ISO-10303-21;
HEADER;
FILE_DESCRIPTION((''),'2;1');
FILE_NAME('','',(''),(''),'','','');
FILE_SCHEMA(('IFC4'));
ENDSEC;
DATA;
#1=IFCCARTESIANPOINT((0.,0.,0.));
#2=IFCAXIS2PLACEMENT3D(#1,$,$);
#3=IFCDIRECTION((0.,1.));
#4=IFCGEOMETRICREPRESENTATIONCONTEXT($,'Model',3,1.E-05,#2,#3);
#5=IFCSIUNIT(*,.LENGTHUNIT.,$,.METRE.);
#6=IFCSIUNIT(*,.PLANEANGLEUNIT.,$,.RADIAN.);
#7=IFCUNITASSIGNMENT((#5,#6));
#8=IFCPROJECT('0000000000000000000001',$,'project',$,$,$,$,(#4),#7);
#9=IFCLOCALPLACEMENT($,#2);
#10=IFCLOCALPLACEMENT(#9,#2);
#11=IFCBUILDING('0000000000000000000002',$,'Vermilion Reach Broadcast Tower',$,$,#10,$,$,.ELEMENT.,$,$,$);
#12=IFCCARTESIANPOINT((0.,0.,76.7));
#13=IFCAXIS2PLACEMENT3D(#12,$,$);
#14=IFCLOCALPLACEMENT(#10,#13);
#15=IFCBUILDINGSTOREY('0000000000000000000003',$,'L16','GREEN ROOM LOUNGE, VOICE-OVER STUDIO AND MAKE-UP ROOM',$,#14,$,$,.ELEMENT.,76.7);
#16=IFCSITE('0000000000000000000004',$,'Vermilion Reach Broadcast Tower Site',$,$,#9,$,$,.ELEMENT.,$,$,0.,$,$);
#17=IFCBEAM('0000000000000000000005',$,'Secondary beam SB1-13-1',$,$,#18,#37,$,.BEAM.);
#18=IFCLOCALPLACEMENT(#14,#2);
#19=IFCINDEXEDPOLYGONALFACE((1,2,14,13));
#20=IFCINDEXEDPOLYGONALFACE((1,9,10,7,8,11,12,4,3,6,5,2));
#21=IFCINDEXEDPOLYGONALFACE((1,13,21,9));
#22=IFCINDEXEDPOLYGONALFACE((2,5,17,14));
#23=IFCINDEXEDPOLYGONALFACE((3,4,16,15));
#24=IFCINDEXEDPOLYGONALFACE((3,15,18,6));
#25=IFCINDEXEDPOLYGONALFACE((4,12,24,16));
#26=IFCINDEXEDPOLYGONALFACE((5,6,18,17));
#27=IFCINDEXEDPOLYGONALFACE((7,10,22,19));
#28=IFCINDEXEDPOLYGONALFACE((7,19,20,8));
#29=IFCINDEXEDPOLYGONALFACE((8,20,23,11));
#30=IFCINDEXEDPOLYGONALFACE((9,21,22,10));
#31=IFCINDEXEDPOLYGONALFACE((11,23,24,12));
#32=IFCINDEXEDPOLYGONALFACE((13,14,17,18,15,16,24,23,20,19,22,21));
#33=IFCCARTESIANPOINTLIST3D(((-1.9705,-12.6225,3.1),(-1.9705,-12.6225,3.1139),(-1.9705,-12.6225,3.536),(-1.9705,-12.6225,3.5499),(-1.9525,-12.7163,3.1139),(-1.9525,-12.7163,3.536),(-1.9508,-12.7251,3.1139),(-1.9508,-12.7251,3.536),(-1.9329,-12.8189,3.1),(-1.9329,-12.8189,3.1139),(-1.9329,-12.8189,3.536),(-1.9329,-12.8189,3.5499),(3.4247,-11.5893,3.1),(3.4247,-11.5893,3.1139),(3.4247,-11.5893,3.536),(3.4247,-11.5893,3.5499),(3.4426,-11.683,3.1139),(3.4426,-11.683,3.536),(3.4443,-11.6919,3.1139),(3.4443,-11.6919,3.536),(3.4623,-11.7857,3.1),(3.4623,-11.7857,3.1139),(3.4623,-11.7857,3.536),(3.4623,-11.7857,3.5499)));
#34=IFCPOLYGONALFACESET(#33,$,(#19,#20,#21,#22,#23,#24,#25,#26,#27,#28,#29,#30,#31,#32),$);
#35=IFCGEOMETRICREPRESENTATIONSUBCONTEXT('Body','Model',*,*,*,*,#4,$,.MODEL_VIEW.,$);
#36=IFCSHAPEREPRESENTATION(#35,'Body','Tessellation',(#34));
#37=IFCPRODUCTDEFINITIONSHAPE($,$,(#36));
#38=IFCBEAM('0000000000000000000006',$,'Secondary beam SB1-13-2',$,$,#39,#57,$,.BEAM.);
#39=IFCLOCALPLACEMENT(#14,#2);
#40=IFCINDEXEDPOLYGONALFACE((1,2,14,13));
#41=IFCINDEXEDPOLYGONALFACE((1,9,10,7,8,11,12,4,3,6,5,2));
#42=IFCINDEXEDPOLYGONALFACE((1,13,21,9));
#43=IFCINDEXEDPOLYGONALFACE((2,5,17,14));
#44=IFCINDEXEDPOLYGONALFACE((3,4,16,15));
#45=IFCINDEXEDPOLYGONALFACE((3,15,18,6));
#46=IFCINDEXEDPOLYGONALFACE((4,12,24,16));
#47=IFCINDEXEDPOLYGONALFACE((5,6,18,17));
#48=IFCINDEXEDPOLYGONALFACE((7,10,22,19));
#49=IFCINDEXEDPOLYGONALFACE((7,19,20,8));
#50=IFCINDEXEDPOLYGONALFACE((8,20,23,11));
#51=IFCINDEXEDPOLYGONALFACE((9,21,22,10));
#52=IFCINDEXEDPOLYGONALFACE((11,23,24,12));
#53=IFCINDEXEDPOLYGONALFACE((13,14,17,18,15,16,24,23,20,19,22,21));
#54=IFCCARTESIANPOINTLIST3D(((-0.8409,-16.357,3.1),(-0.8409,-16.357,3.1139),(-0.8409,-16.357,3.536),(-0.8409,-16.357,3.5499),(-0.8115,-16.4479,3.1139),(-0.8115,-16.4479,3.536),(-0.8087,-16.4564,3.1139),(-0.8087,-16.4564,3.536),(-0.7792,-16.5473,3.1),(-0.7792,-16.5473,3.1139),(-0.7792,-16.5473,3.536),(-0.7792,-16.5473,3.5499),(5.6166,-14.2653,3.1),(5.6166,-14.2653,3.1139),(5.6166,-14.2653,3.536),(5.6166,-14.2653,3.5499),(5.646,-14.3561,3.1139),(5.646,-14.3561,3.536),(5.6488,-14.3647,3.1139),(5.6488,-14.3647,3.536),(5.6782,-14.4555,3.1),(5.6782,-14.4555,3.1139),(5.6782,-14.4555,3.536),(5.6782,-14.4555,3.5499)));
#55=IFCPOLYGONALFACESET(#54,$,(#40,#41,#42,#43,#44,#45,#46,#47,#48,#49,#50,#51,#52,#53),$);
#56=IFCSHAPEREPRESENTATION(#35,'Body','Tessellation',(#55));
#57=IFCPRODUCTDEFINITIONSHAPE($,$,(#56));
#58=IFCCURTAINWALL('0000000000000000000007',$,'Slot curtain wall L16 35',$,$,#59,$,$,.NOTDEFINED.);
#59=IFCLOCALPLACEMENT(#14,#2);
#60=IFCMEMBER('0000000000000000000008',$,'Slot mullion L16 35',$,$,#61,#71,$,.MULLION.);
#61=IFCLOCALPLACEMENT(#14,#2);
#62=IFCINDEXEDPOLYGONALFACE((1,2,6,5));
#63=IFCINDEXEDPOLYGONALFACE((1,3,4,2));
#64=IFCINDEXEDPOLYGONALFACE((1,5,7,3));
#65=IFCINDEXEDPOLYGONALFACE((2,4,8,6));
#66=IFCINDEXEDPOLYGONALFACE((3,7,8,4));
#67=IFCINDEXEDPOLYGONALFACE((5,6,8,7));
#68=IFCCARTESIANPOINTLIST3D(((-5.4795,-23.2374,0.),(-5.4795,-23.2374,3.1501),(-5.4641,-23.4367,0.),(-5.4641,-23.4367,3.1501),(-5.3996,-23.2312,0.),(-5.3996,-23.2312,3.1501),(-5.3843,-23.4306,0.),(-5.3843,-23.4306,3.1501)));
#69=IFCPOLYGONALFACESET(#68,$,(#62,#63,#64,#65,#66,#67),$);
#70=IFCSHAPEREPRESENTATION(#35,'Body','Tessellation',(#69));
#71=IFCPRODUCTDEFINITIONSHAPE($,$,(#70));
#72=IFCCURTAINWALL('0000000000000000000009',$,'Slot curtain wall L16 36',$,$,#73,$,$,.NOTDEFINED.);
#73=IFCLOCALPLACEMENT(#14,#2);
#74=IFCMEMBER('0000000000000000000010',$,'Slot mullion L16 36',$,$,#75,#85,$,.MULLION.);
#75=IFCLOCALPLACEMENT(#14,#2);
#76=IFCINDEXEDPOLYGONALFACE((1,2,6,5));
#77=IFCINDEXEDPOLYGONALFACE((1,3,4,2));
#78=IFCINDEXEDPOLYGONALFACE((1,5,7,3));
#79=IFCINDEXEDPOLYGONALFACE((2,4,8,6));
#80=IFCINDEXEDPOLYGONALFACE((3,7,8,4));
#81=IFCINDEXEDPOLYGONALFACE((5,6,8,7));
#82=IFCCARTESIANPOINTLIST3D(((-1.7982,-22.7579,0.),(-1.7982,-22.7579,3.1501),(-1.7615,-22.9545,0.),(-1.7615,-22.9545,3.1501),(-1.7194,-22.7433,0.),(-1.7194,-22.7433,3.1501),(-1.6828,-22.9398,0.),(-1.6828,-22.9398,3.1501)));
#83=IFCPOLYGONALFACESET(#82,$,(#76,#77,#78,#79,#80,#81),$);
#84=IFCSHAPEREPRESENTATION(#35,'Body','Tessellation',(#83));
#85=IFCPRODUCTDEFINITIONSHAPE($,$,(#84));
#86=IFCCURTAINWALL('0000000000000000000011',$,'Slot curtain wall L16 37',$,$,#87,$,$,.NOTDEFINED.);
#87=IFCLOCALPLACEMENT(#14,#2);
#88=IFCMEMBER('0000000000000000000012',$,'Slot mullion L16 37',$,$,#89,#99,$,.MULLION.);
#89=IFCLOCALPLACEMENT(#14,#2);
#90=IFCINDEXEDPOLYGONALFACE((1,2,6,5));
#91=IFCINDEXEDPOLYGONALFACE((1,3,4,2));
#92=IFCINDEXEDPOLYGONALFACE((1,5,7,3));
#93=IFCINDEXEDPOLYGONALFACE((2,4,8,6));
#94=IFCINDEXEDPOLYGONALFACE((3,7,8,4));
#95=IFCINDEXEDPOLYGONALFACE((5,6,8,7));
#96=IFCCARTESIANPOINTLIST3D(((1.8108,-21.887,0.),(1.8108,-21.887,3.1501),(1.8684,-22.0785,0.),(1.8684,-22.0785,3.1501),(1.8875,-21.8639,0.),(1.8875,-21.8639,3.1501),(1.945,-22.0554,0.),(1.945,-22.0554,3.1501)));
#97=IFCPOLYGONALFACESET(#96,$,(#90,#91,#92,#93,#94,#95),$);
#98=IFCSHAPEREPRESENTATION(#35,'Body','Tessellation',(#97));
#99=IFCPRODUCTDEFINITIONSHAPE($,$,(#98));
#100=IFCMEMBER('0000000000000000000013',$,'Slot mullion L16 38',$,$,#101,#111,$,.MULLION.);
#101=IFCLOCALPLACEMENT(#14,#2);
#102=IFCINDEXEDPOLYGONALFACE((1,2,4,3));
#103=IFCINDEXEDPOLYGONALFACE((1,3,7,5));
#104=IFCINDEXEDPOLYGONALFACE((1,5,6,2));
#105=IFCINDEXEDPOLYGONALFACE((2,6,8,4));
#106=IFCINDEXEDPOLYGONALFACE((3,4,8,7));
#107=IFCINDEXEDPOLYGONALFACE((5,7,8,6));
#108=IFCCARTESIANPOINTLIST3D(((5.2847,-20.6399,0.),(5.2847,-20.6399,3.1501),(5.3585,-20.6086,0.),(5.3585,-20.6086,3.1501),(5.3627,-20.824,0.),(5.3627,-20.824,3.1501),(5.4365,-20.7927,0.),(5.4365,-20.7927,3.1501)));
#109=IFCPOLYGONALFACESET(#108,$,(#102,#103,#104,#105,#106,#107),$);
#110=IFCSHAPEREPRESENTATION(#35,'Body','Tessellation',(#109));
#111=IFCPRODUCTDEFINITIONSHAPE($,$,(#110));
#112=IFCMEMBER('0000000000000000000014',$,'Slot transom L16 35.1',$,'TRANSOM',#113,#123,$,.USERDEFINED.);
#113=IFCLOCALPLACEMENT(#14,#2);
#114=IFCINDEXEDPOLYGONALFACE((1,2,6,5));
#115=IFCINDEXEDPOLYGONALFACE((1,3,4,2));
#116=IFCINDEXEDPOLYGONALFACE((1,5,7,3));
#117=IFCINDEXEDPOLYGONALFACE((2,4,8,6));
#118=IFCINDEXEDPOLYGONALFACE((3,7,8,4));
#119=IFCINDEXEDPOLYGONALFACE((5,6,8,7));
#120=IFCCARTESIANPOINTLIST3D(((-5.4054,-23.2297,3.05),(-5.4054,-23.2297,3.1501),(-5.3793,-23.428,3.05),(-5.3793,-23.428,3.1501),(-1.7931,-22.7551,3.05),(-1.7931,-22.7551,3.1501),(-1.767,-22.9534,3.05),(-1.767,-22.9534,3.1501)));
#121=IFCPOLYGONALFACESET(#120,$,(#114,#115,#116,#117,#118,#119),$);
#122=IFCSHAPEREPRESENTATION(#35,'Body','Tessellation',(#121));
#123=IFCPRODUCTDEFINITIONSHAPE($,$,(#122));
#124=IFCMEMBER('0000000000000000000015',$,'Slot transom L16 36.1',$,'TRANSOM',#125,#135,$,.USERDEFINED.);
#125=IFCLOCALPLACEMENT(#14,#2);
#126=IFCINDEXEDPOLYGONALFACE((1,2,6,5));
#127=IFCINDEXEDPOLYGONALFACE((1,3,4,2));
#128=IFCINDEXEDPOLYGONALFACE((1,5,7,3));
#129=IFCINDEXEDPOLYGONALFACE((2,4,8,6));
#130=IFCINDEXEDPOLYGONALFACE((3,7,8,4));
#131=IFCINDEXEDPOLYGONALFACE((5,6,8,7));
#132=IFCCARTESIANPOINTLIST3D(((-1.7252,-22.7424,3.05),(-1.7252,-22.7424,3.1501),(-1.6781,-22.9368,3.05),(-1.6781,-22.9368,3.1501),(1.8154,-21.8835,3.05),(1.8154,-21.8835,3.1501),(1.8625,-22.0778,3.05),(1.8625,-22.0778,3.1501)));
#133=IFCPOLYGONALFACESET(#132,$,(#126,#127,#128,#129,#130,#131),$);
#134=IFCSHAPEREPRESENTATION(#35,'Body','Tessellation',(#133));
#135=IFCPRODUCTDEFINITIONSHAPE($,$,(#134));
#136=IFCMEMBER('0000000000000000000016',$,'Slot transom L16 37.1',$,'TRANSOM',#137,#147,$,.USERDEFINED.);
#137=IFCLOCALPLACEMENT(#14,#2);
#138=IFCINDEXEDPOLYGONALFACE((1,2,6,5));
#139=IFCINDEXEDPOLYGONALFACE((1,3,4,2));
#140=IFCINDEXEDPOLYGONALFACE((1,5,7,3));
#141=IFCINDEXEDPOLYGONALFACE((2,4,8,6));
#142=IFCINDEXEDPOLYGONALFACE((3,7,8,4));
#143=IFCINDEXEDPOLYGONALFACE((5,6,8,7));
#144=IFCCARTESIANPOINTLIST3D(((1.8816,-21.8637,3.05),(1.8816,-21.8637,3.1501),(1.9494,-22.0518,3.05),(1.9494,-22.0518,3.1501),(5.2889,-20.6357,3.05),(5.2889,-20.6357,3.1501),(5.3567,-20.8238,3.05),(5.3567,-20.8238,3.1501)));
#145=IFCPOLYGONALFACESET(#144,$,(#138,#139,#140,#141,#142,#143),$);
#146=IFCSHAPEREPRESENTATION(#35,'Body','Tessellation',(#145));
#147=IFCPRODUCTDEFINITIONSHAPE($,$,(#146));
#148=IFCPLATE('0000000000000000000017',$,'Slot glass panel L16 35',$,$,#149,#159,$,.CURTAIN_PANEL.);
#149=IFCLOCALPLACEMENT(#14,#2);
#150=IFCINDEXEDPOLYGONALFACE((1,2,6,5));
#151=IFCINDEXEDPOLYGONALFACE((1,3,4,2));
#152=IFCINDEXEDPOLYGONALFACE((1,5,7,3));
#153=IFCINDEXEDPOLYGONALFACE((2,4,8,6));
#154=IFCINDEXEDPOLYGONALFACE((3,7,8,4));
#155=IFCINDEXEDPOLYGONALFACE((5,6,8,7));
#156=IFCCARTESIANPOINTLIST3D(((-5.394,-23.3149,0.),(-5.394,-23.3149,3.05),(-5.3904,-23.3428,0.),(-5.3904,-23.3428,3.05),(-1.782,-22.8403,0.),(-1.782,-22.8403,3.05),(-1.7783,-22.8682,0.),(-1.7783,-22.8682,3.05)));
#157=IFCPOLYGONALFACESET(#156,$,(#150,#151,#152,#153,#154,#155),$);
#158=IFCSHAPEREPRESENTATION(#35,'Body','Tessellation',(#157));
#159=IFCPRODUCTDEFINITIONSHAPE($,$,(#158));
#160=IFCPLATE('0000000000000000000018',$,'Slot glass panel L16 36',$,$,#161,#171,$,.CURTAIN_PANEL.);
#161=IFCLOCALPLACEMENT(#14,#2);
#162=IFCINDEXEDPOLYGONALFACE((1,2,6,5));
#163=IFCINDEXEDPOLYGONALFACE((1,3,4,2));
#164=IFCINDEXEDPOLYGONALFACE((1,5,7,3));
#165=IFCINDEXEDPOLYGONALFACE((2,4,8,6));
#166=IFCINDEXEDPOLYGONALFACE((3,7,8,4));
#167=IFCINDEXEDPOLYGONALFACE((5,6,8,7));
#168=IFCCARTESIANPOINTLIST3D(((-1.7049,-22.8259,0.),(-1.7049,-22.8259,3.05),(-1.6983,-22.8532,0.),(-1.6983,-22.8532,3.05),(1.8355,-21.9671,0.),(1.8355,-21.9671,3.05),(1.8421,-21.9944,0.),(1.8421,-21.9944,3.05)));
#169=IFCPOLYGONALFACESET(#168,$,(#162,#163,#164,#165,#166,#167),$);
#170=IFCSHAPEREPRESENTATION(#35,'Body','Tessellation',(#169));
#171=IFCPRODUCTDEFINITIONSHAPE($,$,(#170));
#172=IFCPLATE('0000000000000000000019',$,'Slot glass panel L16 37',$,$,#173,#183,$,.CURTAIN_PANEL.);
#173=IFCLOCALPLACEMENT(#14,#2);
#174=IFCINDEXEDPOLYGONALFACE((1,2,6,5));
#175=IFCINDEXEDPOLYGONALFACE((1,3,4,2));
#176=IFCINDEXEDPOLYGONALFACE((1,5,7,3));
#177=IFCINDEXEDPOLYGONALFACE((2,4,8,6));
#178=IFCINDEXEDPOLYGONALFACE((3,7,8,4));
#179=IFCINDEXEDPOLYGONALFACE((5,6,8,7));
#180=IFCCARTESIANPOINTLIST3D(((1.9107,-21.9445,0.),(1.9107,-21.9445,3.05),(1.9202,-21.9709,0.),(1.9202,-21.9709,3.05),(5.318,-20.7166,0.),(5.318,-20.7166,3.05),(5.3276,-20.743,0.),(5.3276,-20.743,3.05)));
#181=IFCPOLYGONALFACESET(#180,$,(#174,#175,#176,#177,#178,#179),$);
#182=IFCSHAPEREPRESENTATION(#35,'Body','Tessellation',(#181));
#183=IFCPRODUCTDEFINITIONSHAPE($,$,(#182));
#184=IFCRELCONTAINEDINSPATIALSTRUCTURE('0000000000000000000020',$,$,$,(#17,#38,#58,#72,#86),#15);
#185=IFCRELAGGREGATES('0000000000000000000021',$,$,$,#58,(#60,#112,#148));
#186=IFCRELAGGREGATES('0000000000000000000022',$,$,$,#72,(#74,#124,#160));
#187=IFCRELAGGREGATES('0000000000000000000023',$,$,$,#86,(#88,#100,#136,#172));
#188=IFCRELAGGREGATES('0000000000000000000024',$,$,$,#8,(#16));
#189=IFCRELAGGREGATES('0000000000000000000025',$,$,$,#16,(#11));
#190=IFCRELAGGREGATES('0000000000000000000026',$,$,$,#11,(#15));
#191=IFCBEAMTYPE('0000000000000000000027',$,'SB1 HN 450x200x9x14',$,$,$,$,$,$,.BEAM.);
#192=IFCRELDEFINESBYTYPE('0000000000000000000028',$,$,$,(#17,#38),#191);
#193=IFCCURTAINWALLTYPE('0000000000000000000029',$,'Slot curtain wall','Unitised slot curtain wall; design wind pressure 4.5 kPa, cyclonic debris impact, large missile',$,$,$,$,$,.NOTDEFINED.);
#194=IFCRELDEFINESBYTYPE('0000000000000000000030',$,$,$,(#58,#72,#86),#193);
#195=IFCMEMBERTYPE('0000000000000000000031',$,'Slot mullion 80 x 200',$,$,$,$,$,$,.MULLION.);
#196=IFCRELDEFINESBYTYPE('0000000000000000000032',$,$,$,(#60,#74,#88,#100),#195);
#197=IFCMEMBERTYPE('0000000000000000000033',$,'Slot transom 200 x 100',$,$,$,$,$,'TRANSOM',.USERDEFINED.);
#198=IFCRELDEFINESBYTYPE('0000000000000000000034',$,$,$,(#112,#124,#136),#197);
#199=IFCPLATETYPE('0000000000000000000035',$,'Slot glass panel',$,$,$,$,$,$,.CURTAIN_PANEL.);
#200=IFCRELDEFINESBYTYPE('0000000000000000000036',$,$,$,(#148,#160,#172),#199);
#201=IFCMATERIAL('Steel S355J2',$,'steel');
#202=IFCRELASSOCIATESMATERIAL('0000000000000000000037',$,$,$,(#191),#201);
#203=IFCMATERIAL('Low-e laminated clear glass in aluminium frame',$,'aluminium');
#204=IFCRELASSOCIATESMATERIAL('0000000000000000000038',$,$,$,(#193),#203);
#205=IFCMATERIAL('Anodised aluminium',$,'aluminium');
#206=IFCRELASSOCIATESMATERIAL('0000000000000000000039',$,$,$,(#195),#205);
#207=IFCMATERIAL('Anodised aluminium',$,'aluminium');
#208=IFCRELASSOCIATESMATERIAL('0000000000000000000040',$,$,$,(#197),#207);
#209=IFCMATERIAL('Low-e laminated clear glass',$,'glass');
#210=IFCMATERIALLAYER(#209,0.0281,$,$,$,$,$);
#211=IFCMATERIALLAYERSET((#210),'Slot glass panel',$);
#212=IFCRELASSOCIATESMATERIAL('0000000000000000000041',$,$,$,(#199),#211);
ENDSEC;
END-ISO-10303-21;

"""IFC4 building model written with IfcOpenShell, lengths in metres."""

from ifc_helpers import new_model, si_unit, direction, frame, origin, origin_2d, place, context, subcontext, project, spatial, rectangle, i_section, extrude, material, layer, layer_set, material_profile, profile_set, type_object, element, aggregate, save


model = new_model("IFC4")

# Units and contexts
model_context = context("Model", 3, precision=1e-05, world=origin(), true_north=direction((0.0, 1.0)))
body_context = subcontext(model_context, "Body", "Model", "MODEL_VIEW")
ifc_project = project(units=[si_unit("LENGTHUNIT", "METRE"), si_unit("PLANEANGLEUNIT", "RADIAN")], contexts=[model_context])

# Site, building, storey
site_placement = place(None, origin())
site = spatial("IfcSite", under=ifc_project, at=site_placement, Name="Vermilion Reach Broadcast Tower Site", CompositionType="ELEMENT", RefElevation=0.0)
building_placement = place(site_placement, origin())
building = spatial("IfcBuilding", under=site, at=building_placement, Name="Vermilion Reach Broadcast Tower", CompositionType="ELEMENT")
storey_placement = place(building_placement, frame((0.0, 0.0, 76.7)))
storey = spatial("IfcBuildingStorey", under=building, at=storey_placement, Name="L16", Description="GREEN ROOM LOUNGE, VOICE-OVER STUDIO AND MAKE-UP ROOM", CompositionType="ELEMENT", Elevation=76.7)

# Beams
ifc_material_1 = material(Name="Steel S355J2", Category="steel")
ifc_material_profile_1 = material_profile(ifc_material_1, i_section(OverallWidth=0.2, OverallDepth=0.45, WebThickness=0.009, FlangeThickness=0.0139, at=origin_2d()), Name="S355J2 HN 450x200x9x14")
ifc_profile_set_1 = profile_set([ifc_material_profile_1], Name="Steel S355J2")
beam_type_1 = type_object("IfcBeamType", Name="SB1 HN 450x200x9x14", PredefinedType="BEAM", material=ifc_profile_set_1)
beam_1_placement = place(storey_placement, frame((-1.9517, -12.7207, 3.325), z_axis=(0.982151, 0.188092, 0.0), x_axis=(-0.188092, 0.982151, 0.0)))
element("IfcBeam", 1, at=beam_1_placement, inside=storey, type_object=beam_type_1, Name="Secondary beam SB1-13-1", PredefinedType="BEAM", context=body_context, shape_type="SweptSolid", body=[
    extrude(i_section(OverallWidth=0.2, OverallDepth=0.45, WebThickness=0.009, FlangeThickness=0.0139, at=origin_2d()), origin(), (0.0, 0.0, 1.0), 5.4932),
])
beam_2_placement = place(storey_placement, frame((-0.8101, -16.4521, 3.325), z_axis=(0.951332, 0.308167, 0.0), x_axis=(-0.308167, 0.951332, 0.0)))
element("IfcBeam", 2, at=beam_2_placement, inside=storey, type_object=beam_type_1, Name="Secondary beam SB1-13-2", PredefinedType="BEAM", context=body_context, shape_type="SweptSolid", body=[
    extrude(i_section(OverallWidth=0.2, OverallDepth=0.45, WebThickness=0.009, FlangeThickness=0.0139, at=origin_2d()), origin(), (0.0, 0.0, 1.0), 6.7878),
])

# Curtain walls, members
ifc_material_2 = material(Name="Low-e laminated clear glass in aluminium frame", Category="aluminium")
curtain_wall_type = type_object("IfcCurtainWallType", Name="Slot curtain wall", Description="Unitised slot curtain wall; design wind pressure 4.5 kPa, cyclonic debris impact, large missile", PredefinedType="NOTDEFINED", material=ifc_material_2)
placement = place(storey_placement, origin())
curtain_wall_1 = element("IfcCurtainWall", 3, at=placement, inside=storey, type_object=curtain_wall_type, Name="Slot curtain wall L16 35", PredefinedType="NOTDEFINED")
ifc_material_3 = material(Name="Anodised aluminium", Category="aluminium")
ifc_material_profile_2 = material_profile(ifc_material_3, rectangle(XDim=0.2, YDim=0.0801, at=origin_2d()), Name="Slot mullion 80 x 200")
ifc_profile_set_2 = profile_set([ifc_material_profile_2], Name="Anodised aluminium")
member_type_1 = type_object("IfcMemberType", Name="Slot mullion 80 x 200", PredefinedType="MULLION", material=ifc_profile_set_2)
member_1_placement = place(storey_placement, frame((-5.4319, -23.334, 0.0), z_axis=(0.0, 0.0, 1.0), x_axis=(-0.076616, 0.997061, 0.0)))
member_1 = element("IfcMember", 4, at=member_1_placement, type_object=member_type_1, Name="Slot mullion L16 35", PredefinedType="MULLION", context=body_context, shape_type="SweptSolid", body=[
    extrude(rectangle(XDim=0.2, YDim=0.0801, at=origin_2d()), origin(), (0.0, 0.0, 1.0), 3.1501),
])
curtain_wall_2 = element("IfcCurtainWall", 5, at=placement, inside=storey, type_object=curtain_wall_type, Name="Slot curtain wall L16 36", PredefinedType="NOTDEFINED")
member_2_placement = place(storey_placement, frame((-1.7405, -22.8489, 0.0), z_axis=(0.0, 0.0, 1.0), x_axis=(-0.183265, 0.983064, 0.0)))
member_2 = element("IfcMember", 6, at=member_2_placement, type_object=member_type_1, Name="Slot mullion L16 36", PredefinedType="MULLION", context=body_context, shape_type="SweptSolid", body=[
    extrude(rectangle(XDim=0.2, YDim=0.0801, at=origin_2d()), origin(), (0.0, 0.0, 1.0), 3.1501),
])

# Curtain wall, members
curtain_wall_3 = element("IfcCurtainWall", 7, at=placement, inside=storey, type_object=curtain_wall_type, Name="Slot curtain wall L16 37", PredefinedType="NOTDEFINED")
member_3_placement = place(storey_placement, frame((1.8779, -21.9712, 0.0), z_axis=(0.0, 0.0, 1.0), x_axis=(-0.287794, 0.957692, 0.0)))
member_3 = element("IfcMember", 8, at=member_3_placement, type_object=member_type_1, Name="Slot mullion L16 37", PredefinedType="MULLION", context=body_context, shape_type="SweptSolid", body=[
    extrude(rectangle(XDim=0.2, YDim=0.0801, at=origin_2d()), origin(), (0.0, 0.0, 1.0), 3.1501),
])
member_4_placement = place(storey_placement, frame((5.3606, -20.7163, 0.0), z_axis=(0.0, 0.0, 1.0), x_axis=(-0.390104, 0.920771, 0.0)))
member_4 = element("IfcMember", 9, at=member_4_placement, type_object=member_type_1, Name="Slot mullion L16 38", PredefinedType="MULLION", context=body_context, shape_type="SweptSolid", body=[
    extrude(rectangle(XDim=0.2, YDim=0.0801, at=origin_2d()), origin(), (0.0, 0.0, 1.0), 3.1501),
])

# Members
ifc_material_4 = material(Name="Anodised aluminium", Category="aluminium")
ifc_material_profile_3 = material_profile(ifc_material_4, rectangle(XDim=0.2, YDim=0.1001, at=origin_2d()), Name="Slot transom 200 x 100")
ifc_profile_set_3 = profile_set([ifc_material_profile_3], Name="Anodised aluminium")
member_type_2 = type_object("IfcMemberType", Name="Slot transom 200 x 100", ElementType="TRANSOM", PredefinedType="USERDEFINED", material=ifc_profile_set_3)
member_5_placement = place(storey_placement, frame((-5.3923, -23.3289, 3.1001), z_axis=(0.991479, 0.130267, 0.0), x_axis=(-0.130267, 0.991479, 0.0)))
member_5 = element("IfcMember", 10, at=member_5_placement, type_object=member_type_2, Name="Slot transom L16 35.1", ObjectType="TRANSOM", PredefinedType="USERDEFINED", context=body_context, shape_type="SweptSolid", body=[
    extrude(rectangle(XDim=0.2, YDim=0.1001, at=origin_2d()), origin(), (0.0, 0.0, 1.0), 3.6433),
])
member_6_placement = place(storey_placement, frame((-1.7017, -22.8396, 3.1001), z_axis=(0.971814, 0.23575, 0.0), x_axis=(-0.23575, 0.971814, 0.0)))
member_6 = element("IfcMember", 11, at=member_6_placement, type_object=member_type_2, Name="Slot transom L16 36.1", ObjectType="TRANSOM", PredefinedType="USERDEFINED", context=body_context, shape_type="SweptSolid", body=[
    extrude(rectangle(XDim=0.2, YDim=0.1001, at=origin_2d()), origin(), (0.0, 0.0, 1.0), 3.6433),
])
member_7_placement = place(storey_placement, frame((1.9155, -21.9578, 3.1001), z_axis=(0.940762, 0.339068, 0.0), x_axis=(-0.339068, 0.940762, 0.0)))
member_7 = element("IfcMember", 12, at=member_7_placement, type_object=member_type_2, Name="Slot transom L16 37.1", ObjectType="TRANSOM", PredefinedType="USERDEFINED", context=body_context, shape_type="SweptSolid", body=[
    extrude(rectangle(XDim=0.2, YDim=0.1001, at=origin_2d()), origin(), (0.0, 0.0, 1.0), 3.6218),
])

# Plates
ifc_material_5 = material(Name="Low-e laminated clear glass", Category="glass")
ifc_layer_1 = layer(ifc_material_5, 0.0281)
ifc_layer_set_1 = layer_set([ifc_layer_1], Name="Slot glass panel")
plate_type = type_object("IfcPlateType", Name="Slot glass panel", PredefinedType="CURTAIN_PANEL", material=ifc_layer_set_1)
plate_1_placement = place(storey_placement, frame((-3.5862, -23.0916, 0.0), z_axis=(0.0, 0.0, 1.0), x_axis=(0.991477, 0.130278, 0.0)))
plate_1 = element("IfcPlate", 13, at=plate_1_placement, type_object=plate_type, Name="Slot glass panel L16 35", PredefinedType="CURTAIN_PANEL", context=body_context, shape_type="SweptSolid", body=[
    extrude(rectangle(XDim=3.6431, YDim=0.0281, at=origin_2d()), origin(), (0.0, 0.0, 1.0), 3.05),
])
aggregate(curtain_wall_1, [member_1, member_5, plate_1])
plate_2_placement = place(storey_placement, frame((0.0686, -22.4102, 0.0), z_axis=(0.0, 0.0, 1.0), x_axis=(0.97182, 0.235724, 0.0)))
plate_2 = element("IfcPlate", 14, at=plate_2_placement, type_object=plate_type, Name="Slot glass panel L16 36", PredefinedType="CURTAIN_PANEL", context=body_context, shape_type="SweptSolid", body=[
    extrude(rectangle(XDim=3.6431, YDim=0.0281, at=origin_2d()), origin(), (0.0, 0.0, 1.0), 3.05),
])
aggregate(curtain_wall_2, [member_2, member_6, plate_2])
plate_3_placement = place(storey_placement, frame((3.6191, -21.3438, 0.0), z_axis=(0.0, 0.0, 1.0), x_axis=(0.940777, 0.339026, 0.0)))
plate_3 = element("IfcPlate", 15, at=plate_3_placement, type_object=plate_type, Name="Slot glass panel L16 37", PredefinedType="CURTAIN_PANEL", context=body_context, shape_type="SweptSolid", body=[
    extrude(rectangle(XDim=3.6218, YDim=0.0281, at=origin_2d()), origin(), (0.0, 0.0, 1.0), 3.05),
])
aggregate(curtain_wall_3, [member_3, member_4, member_7, plate_3])

save(model, "model.ifc")
